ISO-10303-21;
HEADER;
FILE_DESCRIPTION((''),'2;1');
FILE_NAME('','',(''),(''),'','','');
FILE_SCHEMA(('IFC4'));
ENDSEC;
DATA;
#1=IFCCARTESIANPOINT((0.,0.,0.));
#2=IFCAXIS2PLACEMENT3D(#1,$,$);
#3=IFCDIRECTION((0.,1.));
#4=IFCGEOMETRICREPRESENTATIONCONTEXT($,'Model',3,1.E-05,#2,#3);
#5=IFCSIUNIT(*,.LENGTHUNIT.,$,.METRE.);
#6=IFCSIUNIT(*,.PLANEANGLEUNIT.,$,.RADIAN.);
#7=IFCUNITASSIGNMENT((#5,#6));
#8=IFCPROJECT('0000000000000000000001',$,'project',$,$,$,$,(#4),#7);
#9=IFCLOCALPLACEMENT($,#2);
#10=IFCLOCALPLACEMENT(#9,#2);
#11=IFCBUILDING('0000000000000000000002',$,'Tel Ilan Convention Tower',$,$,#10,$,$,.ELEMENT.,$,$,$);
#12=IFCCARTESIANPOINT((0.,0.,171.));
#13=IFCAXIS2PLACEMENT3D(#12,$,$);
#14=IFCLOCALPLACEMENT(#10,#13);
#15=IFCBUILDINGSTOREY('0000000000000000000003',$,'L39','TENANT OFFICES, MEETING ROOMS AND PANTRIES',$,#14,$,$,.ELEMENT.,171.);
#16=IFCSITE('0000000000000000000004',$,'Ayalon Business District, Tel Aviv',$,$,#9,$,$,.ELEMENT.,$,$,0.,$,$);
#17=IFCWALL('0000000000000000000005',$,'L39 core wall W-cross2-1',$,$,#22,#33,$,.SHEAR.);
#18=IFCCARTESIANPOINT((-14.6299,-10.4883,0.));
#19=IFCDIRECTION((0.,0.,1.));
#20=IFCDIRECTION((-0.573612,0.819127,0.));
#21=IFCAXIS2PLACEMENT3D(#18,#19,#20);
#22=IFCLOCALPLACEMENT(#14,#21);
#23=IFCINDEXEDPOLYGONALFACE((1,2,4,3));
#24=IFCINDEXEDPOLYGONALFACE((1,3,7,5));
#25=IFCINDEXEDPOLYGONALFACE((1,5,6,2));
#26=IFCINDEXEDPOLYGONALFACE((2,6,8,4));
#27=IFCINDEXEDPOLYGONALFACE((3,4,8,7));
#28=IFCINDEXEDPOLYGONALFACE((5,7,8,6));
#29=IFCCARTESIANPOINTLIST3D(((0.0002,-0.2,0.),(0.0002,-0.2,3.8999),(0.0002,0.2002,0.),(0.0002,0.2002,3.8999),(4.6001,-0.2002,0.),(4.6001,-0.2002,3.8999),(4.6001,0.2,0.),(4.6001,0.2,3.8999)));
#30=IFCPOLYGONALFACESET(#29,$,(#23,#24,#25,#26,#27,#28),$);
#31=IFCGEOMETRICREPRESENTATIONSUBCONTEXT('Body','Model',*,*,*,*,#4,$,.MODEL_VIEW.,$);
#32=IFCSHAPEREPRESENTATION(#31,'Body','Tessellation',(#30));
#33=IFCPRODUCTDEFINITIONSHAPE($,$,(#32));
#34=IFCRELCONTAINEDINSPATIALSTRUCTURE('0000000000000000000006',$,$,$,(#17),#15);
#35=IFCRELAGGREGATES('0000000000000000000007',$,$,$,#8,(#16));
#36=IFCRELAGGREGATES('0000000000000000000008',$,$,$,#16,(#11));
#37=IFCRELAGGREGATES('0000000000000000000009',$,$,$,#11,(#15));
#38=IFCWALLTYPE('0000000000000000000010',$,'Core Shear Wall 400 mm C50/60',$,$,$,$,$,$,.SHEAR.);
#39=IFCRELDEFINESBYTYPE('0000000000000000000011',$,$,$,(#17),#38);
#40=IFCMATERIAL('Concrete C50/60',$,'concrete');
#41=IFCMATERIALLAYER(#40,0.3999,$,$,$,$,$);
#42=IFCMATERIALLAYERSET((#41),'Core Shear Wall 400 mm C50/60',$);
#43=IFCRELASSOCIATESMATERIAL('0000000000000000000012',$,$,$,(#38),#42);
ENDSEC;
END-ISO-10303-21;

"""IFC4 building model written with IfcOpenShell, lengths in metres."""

from ifc_helpers import new_model, si_unit, direction, frame, origin, place, context, subcontext, project, spatial, polyline, outline, extrude, material, layer, layer_set, type_object, element, save


model = new_model("IFC4")

# Units and contexts
model_context = context("Model", 3, precision=1e-05, world=origin(), true_north=direction((0.0, 1.0)))
body_context = subcontext(model_context, "Body", "Model", "MODEL_VIEW")
ifc_project = project(units=[si_unit("LENGTHUNIT", "METRE"), si_unit("PLANEANGLEUNIT", "RADIAN")], contexts=[model_context])

# Site, building, storey
site_placement = place(None, origin())
site = spatial("IfcSite", under=ifc_project, at=site_placement, Name="Ayalon Business District, Tel Aviv", CompositionType="ELEMENT", RefElevation=0.0)
building_placement = place(site_placement, origin())
building = spatial("IfcBuilding", under=site, at=building_placement, Name="Tel Ilan Convention Tower", CompositionType="ELEMENT")
storey_placement = place(building_placement, frame((0.0, 0.0, 171.0)))
storey = spatial("IfcBuildingStorey", under=building, at=storey_placement, Name="L39", Description="TENANT OFFICES, MEETING ROOMS AND PANTRIES", CompositionType="ELEMENT", Elevation=171.0)

# Wall
ifc_material_1 = material(Name="Concrete C50/60", Category="concrete")
ifc_layer_1 = layer(ifc_material_1, 0.3999)
ifc_layer_set_1 = layer_set([ifc_layer_1], Name="Core Shear Wall 400 mm C50/60")
wall_type_1 = type_object("IfcWallType", Name="Core Shear Wall 400 mm C50/60", PredefinedType="SHEAR", material=ifc_layer_set_1)
wall_1_placement = place(storey_placement, frame((-14.6299, -10.4883, 0.0), z_axis=(0.0, 0.0, 1.0), x_axis=(-0.573612, 0.819127, 0.0)))
element("IfcWall", 1, at=wall_1_placement, inside=storey, type_object=wall_type_1, Name="L39 core wall W-cross2-1", PredefinedType="SHEAR", context=body_context, shape_type="SweptSolid", body=[
    extrude(outline(polyline([(4.6001, 0.2), (0.0002, 0.2002), (0.0002, -0.2), (4.6001, -0.2002), (4.6001, 0.2)])), origin(), (0.0, 0.0, 1.0), 3.8999),
])

save(model, "model.ifc")
